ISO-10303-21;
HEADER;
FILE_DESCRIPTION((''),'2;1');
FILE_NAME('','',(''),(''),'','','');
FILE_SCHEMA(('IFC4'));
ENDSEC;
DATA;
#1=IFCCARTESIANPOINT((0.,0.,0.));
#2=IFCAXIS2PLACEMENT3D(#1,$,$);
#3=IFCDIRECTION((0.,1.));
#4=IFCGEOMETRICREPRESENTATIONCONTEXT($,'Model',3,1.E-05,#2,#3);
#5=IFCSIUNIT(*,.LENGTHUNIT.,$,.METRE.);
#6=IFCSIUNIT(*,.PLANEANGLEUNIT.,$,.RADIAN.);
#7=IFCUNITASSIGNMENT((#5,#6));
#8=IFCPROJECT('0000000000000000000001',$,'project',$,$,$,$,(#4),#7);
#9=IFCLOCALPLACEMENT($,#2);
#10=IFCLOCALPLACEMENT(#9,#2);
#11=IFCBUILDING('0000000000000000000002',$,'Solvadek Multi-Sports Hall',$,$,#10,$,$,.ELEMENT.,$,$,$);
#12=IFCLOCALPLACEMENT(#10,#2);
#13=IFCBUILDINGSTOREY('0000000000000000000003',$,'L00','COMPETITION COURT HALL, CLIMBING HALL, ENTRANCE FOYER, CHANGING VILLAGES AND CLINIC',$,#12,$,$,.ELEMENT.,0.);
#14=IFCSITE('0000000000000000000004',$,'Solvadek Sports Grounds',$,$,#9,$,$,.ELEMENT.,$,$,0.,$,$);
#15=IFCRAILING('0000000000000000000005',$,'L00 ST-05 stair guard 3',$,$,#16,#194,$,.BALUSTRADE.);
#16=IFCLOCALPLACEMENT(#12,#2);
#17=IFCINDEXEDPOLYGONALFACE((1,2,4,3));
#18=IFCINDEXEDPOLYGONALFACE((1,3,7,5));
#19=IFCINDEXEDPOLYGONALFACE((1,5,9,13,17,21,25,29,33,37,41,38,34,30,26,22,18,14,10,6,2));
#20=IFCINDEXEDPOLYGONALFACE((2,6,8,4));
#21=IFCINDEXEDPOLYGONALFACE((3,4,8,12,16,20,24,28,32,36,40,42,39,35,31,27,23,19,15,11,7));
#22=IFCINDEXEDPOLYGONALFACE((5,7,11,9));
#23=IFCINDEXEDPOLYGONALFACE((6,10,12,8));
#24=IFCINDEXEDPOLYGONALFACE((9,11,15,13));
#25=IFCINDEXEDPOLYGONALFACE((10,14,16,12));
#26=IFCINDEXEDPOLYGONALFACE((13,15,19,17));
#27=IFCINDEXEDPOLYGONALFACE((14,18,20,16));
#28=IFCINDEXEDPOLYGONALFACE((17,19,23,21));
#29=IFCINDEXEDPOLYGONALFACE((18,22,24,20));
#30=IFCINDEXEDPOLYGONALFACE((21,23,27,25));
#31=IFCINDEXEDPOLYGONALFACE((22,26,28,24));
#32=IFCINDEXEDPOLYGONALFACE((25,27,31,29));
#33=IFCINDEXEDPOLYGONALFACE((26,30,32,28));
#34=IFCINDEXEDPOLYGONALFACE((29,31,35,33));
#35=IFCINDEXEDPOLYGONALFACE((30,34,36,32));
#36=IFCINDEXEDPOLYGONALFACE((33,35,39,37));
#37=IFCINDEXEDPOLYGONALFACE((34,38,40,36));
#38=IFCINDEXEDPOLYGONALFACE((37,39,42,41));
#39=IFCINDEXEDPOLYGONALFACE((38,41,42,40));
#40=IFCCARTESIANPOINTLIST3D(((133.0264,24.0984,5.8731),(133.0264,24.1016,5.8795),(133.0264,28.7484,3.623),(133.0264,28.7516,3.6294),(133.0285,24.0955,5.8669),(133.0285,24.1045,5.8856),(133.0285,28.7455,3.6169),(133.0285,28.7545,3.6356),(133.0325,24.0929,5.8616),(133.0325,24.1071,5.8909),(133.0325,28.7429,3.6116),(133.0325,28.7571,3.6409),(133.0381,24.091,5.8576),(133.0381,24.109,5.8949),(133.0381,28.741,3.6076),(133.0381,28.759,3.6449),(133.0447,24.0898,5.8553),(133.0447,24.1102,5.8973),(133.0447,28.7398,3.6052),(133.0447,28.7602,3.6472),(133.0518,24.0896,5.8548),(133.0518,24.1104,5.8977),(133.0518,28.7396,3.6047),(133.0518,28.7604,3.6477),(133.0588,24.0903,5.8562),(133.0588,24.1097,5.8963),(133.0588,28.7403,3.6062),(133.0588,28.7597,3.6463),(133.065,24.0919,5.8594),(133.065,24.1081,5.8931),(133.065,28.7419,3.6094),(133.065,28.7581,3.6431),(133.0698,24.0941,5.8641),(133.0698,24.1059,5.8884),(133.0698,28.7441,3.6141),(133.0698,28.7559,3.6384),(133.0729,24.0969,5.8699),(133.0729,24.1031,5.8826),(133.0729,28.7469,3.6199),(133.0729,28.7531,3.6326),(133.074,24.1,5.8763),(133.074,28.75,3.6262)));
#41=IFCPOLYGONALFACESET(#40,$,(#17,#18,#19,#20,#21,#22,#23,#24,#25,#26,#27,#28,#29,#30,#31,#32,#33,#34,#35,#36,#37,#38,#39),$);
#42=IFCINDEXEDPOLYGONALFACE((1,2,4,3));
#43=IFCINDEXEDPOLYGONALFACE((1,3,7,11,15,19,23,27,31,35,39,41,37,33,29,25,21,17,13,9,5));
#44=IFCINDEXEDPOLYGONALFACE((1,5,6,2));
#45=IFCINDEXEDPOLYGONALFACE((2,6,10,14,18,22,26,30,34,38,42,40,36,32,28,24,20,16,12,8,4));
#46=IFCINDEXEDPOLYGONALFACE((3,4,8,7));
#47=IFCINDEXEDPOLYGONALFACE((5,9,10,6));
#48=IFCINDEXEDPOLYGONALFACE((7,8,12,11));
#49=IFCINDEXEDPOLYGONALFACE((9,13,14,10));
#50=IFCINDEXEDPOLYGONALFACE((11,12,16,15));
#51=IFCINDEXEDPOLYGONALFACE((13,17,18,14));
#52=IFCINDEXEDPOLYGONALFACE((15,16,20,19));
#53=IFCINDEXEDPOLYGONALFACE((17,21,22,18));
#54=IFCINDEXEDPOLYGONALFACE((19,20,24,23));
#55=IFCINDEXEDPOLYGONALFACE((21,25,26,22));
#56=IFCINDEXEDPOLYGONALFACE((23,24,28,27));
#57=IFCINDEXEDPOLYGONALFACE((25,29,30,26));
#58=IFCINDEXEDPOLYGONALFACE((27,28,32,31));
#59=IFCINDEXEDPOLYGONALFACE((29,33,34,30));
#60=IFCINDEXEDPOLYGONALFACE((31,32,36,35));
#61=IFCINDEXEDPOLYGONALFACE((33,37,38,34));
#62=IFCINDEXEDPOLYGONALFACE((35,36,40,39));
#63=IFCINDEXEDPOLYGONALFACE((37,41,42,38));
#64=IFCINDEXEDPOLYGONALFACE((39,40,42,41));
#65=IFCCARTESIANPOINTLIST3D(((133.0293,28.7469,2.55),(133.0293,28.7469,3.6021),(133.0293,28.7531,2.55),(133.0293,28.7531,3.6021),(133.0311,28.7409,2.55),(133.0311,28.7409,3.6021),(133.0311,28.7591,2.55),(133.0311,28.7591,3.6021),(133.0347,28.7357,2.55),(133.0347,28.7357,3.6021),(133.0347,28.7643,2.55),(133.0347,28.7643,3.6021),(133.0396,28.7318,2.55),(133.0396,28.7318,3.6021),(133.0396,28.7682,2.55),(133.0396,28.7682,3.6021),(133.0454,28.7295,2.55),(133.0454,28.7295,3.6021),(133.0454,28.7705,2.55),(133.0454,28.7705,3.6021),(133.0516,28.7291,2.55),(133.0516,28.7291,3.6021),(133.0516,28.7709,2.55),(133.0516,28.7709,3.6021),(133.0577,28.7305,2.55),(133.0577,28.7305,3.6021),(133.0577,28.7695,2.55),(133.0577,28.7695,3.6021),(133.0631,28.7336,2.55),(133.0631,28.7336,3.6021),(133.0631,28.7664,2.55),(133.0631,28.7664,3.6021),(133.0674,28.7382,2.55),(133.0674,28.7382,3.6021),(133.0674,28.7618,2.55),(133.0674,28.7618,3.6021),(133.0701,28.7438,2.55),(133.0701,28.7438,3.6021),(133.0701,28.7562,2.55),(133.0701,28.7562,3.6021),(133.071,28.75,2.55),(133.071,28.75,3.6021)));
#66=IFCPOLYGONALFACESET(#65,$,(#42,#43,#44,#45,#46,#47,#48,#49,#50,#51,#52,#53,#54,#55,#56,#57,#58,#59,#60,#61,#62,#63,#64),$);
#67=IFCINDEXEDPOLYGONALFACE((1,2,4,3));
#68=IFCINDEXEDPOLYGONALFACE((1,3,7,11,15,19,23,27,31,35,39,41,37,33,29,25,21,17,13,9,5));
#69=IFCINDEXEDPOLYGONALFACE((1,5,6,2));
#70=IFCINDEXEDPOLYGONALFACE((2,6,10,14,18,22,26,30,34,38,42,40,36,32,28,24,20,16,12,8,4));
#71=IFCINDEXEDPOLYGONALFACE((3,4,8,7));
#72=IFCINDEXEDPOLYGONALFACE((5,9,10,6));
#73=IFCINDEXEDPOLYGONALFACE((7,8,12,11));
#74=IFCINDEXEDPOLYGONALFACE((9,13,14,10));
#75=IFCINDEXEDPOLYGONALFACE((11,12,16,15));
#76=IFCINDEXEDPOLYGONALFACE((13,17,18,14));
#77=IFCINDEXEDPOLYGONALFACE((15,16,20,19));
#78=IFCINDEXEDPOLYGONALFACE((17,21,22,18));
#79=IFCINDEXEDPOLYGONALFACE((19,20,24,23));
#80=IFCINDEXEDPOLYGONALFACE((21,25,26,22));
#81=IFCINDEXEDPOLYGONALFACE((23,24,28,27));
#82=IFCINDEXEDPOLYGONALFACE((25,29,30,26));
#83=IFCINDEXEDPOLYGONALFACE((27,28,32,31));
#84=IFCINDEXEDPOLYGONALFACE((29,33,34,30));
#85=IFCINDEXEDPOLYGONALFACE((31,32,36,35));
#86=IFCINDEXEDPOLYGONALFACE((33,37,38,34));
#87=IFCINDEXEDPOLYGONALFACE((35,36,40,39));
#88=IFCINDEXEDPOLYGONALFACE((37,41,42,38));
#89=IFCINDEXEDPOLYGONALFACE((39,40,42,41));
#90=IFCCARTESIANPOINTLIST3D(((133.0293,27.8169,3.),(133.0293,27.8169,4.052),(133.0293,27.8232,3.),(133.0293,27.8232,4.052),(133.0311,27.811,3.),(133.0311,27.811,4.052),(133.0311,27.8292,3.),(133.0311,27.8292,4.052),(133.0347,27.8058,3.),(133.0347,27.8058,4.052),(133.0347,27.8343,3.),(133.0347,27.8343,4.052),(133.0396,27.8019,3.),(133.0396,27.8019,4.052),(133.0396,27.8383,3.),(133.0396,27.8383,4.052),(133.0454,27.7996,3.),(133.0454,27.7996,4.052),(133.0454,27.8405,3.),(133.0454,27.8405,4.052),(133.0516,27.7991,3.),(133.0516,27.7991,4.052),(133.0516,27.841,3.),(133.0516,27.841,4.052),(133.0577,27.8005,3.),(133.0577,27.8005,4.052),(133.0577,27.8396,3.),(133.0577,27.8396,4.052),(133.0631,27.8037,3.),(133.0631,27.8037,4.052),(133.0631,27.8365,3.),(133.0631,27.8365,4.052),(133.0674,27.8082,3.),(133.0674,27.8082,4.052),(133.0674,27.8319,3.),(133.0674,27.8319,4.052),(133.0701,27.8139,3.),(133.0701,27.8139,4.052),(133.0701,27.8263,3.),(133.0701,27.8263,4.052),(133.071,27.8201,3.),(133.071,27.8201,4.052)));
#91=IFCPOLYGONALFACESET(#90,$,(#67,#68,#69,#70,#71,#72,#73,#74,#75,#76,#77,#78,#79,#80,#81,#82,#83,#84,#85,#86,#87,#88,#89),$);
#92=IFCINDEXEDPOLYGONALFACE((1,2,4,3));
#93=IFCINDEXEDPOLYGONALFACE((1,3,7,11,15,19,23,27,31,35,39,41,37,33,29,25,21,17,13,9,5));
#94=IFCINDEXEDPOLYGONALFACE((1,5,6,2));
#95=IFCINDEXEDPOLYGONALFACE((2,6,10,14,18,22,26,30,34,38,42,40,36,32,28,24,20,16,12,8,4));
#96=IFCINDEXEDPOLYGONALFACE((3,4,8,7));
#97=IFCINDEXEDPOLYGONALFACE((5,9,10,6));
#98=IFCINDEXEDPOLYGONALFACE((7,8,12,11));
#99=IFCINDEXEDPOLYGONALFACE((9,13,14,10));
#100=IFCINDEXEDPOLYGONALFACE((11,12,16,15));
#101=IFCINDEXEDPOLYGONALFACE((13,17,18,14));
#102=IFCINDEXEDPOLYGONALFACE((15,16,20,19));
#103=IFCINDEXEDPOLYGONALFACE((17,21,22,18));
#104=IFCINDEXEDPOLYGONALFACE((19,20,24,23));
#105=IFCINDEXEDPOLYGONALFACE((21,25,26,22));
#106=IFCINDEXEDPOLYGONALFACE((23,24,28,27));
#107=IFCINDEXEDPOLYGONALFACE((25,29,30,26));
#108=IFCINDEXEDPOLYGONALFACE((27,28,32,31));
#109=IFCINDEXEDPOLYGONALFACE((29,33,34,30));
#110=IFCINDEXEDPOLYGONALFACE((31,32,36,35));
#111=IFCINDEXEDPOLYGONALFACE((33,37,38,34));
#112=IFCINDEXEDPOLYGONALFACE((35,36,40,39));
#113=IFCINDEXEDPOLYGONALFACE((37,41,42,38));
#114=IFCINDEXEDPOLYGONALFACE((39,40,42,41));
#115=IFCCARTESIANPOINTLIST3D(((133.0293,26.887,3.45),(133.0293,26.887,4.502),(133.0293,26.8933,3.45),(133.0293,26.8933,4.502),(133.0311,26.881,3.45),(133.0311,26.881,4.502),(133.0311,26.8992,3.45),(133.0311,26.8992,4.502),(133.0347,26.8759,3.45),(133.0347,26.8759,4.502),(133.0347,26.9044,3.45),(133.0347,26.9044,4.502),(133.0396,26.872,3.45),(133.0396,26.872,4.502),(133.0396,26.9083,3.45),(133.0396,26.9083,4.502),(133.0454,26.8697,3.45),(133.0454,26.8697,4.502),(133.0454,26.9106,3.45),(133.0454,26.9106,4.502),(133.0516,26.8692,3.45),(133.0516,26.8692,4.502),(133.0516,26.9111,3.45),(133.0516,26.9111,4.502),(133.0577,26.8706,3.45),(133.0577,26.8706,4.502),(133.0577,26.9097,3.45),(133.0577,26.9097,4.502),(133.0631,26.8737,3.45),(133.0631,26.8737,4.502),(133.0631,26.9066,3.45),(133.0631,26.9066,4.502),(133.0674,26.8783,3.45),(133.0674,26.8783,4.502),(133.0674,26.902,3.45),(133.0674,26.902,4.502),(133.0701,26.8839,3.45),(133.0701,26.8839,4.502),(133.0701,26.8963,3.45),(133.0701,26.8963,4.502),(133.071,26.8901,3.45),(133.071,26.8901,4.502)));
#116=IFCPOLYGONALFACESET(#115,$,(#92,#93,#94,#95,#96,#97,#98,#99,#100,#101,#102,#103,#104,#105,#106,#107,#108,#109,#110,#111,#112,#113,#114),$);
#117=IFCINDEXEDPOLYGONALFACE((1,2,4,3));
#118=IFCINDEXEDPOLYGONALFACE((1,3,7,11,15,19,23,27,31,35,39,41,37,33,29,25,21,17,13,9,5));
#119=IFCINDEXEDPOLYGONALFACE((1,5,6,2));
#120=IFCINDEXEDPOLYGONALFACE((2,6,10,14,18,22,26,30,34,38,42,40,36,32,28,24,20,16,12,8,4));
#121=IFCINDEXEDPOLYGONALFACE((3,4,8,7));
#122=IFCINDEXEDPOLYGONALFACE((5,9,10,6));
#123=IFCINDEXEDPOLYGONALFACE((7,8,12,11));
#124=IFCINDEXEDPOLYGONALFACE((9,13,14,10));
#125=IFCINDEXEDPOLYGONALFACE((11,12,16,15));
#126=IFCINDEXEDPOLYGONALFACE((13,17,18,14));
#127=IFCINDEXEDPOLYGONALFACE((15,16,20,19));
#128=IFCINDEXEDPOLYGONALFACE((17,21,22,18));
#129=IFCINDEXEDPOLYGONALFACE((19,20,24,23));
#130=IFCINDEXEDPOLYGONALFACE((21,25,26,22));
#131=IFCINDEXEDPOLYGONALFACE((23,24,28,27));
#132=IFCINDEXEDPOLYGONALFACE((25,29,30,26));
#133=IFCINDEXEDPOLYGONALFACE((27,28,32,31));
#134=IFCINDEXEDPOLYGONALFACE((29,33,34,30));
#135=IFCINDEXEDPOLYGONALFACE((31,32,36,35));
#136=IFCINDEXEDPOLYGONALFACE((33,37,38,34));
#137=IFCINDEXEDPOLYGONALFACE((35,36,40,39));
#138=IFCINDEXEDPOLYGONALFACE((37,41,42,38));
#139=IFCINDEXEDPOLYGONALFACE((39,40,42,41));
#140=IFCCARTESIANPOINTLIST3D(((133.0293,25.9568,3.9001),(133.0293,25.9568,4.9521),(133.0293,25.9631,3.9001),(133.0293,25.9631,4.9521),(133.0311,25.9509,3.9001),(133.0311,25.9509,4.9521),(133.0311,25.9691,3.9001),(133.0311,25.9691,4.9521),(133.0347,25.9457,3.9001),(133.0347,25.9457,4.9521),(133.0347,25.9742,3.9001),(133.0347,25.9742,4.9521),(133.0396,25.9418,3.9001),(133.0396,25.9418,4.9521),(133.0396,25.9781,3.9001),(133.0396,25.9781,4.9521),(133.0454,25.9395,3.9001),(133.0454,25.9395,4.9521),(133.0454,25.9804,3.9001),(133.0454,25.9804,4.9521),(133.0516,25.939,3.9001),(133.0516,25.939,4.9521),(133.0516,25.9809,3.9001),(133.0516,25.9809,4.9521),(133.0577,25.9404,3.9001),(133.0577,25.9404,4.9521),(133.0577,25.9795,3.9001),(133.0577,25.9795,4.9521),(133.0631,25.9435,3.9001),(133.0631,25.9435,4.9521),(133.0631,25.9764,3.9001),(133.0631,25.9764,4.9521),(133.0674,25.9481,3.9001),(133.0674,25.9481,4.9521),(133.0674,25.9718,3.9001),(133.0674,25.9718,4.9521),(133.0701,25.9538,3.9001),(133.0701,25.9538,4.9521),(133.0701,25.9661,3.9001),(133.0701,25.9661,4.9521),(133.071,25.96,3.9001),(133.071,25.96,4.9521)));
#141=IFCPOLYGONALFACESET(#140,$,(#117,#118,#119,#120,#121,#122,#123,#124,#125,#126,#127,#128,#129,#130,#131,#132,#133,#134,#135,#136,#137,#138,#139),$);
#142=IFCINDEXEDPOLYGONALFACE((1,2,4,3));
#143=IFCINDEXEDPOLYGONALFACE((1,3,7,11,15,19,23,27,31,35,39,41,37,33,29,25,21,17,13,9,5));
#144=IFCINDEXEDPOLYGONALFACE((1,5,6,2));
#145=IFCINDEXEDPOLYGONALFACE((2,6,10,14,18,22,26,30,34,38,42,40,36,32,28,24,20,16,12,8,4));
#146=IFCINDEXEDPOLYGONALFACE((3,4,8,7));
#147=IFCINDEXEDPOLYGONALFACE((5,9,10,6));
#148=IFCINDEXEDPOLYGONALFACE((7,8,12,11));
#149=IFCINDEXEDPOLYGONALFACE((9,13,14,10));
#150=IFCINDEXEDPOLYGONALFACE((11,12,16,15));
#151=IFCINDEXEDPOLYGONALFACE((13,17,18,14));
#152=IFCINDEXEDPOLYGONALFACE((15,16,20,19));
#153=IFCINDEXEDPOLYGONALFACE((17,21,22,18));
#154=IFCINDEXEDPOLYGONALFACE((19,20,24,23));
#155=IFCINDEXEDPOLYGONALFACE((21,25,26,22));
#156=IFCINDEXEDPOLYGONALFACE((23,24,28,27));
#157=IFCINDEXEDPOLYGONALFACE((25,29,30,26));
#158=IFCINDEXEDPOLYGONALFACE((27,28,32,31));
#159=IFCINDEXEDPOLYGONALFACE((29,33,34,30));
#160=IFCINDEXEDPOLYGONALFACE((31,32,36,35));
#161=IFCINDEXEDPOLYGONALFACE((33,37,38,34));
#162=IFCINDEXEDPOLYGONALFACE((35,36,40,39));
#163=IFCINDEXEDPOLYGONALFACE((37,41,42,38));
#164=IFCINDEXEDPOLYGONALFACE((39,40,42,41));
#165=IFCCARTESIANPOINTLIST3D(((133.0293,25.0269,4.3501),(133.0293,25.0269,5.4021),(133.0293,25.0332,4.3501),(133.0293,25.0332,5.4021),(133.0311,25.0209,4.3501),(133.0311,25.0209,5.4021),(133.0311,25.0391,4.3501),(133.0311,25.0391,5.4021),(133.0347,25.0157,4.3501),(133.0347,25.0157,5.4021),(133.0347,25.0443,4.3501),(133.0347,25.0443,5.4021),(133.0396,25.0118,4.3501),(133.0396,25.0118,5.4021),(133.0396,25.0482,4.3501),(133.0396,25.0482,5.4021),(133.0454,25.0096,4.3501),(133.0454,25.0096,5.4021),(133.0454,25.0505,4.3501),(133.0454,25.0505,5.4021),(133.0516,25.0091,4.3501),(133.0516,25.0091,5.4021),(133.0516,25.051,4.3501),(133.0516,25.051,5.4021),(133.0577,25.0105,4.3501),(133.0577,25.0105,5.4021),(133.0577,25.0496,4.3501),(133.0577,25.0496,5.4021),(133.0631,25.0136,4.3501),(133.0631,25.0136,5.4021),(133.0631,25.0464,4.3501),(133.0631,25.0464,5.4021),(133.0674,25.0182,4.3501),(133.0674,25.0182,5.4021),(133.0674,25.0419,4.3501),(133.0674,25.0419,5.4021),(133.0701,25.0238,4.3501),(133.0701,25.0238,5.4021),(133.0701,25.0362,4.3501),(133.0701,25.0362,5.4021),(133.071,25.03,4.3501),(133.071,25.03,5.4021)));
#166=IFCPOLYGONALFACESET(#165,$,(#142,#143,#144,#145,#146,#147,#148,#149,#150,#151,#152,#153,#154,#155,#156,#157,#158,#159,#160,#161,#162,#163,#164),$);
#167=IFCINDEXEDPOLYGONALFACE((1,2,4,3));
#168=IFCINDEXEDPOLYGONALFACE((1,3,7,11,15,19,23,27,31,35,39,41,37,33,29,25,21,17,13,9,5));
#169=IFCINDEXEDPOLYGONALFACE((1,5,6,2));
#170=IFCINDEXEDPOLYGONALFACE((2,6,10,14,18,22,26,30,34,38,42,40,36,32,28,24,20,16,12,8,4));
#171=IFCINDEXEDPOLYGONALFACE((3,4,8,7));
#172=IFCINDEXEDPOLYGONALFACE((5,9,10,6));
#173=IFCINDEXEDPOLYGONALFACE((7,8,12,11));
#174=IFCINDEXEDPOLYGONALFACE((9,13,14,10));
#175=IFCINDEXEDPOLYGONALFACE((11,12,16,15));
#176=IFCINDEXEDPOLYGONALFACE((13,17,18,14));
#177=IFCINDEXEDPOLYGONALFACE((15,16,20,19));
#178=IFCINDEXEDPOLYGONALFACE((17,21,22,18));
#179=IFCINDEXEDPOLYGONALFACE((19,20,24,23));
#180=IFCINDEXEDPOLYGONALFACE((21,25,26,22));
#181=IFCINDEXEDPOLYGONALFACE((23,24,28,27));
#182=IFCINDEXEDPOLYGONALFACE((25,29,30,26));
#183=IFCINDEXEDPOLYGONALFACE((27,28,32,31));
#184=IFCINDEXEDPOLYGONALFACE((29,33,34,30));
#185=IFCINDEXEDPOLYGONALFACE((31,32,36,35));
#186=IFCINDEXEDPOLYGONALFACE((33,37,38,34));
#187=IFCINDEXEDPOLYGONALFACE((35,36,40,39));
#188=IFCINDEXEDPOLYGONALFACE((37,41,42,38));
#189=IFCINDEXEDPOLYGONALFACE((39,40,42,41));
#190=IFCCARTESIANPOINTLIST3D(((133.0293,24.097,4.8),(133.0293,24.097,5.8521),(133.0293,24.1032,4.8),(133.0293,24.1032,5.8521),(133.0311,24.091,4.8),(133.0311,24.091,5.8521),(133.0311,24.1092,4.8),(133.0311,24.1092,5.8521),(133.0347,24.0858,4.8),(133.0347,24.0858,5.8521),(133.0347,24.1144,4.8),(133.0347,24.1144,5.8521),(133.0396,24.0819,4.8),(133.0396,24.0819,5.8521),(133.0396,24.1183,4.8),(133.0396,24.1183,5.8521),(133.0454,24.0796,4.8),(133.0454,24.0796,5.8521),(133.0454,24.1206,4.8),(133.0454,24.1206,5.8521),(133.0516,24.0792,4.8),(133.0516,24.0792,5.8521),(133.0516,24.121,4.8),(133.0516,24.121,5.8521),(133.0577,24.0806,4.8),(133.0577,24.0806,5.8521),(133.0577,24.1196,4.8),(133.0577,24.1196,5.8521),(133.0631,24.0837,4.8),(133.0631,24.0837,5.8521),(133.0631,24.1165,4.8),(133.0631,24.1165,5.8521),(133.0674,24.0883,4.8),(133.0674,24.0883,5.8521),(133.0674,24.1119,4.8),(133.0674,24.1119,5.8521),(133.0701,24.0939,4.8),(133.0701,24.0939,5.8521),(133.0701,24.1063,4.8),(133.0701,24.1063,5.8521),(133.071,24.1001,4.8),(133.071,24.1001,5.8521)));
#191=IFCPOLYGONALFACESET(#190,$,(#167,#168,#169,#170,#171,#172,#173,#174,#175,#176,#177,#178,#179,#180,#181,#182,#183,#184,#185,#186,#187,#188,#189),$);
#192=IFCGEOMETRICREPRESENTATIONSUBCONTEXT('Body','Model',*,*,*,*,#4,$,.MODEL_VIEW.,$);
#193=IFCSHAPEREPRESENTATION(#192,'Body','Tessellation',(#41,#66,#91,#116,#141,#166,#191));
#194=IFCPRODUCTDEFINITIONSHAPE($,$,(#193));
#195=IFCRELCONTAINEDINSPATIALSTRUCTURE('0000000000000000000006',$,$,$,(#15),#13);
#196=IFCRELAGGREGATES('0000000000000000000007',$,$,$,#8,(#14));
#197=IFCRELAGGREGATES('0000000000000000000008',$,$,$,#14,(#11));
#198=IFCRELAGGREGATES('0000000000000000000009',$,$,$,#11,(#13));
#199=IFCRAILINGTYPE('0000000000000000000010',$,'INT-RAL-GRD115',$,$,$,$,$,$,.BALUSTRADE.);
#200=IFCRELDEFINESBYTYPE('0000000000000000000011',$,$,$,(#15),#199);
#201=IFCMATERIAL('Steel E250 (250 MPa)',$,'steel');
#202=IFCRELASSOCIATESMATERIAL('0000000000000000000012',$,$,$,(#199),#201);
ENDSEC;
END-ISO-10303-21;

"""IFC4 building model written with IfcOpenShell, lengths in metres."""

from ifc_helpers import new_model, si_unit, direction, frame, origin, origin_2d, place, context, subcontext, project, spatial, circle, extrude, material, type_object, element, save


model = new_model("IFC4")

# Units and contexts
model_context = context("Model", 3, precision=1e-05, world=origin(), true_north=direction((0.0, 1.0)))
body_context = subcontext(model_context, "Body", "Model", "MODEL_VIEW")
ifc_project = project(units=[si_unit("LENGTHUNIT", "METRE"), si_unit("PLANEANGLEUNIT", "RADIAN")], contexts=[model_context])

# Site, building, storey
site_placement = place(None, origin())
site = spatial("IfcSite", under=ifc_project, at=site_placement, Name="Solvadek Sports Grounds", CompositionType="ELEMENT", RefElevation=0.0)
building_placement = place(site_placement, origin())
building = spatial("IfcBuilding", under=site, at=building_placement, Name="Solvadek Multi-Sports Hall", CompositionType="ELEMENT")
storey_placement = place(building_placement, origin())
storey = spatial("IfcBuildingStorey", under=building, at=storey_placement, Name="L00", Description="COMPETITION COURT HALL, CLIMBING HALL, ENTRANCE FOYER, CHANGING VILLAGES AND CLINIC", CompositionType="ELEMENT", Elevation=0.0)

# Shared definitions
ifc_material_1 = material(Name="Steel E250 (250 MPa)", Category="steel")

# Railing
railing_type_1 = type_object("IfcRailingType", Name="INT-RAL-GRD115", PredefinedType="BALUSTRADE", material=ifc_material_1)
railing_1_placement = place(storey_placement, frame((133.05, 28.75, 2.55)))
element("IfcRailing", 1, at=railing_1_placement, inside=storey, type_object=railing_type_1, Name="L00 ST-05 stair guard 3", PredefinedType="BALUSTRADE", context=body_context, shape_type="SweptSolid", body=[
    extrude(circle(Radius=0.0239, at=origin_2d()), frame((0.0, 0.0, 1.0762), z_axis=(0.0, -0.900156, 0.435568), x_axis=(1.0, 0.0, 0.0)), (0.0, 0.0, 1.0), 5.1658),
    extrude(circle(Radius=0.021, at=origin_2d()), origin(), (0.0, 0.0, 1.0), 1.052),
    extrude(circle(Radius=0.021, at=origin_2d()), frame((0.0, -0.9299, 0.45)), (0.0, 0.0, 1.0), 1.052),
    extrude(circle(Radius=0.021, at=origin_2d()), frame((0.0, -1.8599, 0.8999)), (0.0, 0.0, 1.0), 1.052),
    extrude(circle(Radius=0.021, at=origin_2d()), frame((0.0, -2.79, 1.3501)), (0.0, 0.0, 1.0), 1.052),
    extrude(circle(Radius=0.021, at=origin_2d()), frame((0.0, -3.72, 1.8)), (0.0, 0.0, 1.0), 1.052),
    extrude(circle(Radius=0.021, at=origin_2d()), frame((0.0, -4.6499, 2.25)), (0.0, 0.0, 1.0), 1.052),
])

save(model, "model.ifc")
